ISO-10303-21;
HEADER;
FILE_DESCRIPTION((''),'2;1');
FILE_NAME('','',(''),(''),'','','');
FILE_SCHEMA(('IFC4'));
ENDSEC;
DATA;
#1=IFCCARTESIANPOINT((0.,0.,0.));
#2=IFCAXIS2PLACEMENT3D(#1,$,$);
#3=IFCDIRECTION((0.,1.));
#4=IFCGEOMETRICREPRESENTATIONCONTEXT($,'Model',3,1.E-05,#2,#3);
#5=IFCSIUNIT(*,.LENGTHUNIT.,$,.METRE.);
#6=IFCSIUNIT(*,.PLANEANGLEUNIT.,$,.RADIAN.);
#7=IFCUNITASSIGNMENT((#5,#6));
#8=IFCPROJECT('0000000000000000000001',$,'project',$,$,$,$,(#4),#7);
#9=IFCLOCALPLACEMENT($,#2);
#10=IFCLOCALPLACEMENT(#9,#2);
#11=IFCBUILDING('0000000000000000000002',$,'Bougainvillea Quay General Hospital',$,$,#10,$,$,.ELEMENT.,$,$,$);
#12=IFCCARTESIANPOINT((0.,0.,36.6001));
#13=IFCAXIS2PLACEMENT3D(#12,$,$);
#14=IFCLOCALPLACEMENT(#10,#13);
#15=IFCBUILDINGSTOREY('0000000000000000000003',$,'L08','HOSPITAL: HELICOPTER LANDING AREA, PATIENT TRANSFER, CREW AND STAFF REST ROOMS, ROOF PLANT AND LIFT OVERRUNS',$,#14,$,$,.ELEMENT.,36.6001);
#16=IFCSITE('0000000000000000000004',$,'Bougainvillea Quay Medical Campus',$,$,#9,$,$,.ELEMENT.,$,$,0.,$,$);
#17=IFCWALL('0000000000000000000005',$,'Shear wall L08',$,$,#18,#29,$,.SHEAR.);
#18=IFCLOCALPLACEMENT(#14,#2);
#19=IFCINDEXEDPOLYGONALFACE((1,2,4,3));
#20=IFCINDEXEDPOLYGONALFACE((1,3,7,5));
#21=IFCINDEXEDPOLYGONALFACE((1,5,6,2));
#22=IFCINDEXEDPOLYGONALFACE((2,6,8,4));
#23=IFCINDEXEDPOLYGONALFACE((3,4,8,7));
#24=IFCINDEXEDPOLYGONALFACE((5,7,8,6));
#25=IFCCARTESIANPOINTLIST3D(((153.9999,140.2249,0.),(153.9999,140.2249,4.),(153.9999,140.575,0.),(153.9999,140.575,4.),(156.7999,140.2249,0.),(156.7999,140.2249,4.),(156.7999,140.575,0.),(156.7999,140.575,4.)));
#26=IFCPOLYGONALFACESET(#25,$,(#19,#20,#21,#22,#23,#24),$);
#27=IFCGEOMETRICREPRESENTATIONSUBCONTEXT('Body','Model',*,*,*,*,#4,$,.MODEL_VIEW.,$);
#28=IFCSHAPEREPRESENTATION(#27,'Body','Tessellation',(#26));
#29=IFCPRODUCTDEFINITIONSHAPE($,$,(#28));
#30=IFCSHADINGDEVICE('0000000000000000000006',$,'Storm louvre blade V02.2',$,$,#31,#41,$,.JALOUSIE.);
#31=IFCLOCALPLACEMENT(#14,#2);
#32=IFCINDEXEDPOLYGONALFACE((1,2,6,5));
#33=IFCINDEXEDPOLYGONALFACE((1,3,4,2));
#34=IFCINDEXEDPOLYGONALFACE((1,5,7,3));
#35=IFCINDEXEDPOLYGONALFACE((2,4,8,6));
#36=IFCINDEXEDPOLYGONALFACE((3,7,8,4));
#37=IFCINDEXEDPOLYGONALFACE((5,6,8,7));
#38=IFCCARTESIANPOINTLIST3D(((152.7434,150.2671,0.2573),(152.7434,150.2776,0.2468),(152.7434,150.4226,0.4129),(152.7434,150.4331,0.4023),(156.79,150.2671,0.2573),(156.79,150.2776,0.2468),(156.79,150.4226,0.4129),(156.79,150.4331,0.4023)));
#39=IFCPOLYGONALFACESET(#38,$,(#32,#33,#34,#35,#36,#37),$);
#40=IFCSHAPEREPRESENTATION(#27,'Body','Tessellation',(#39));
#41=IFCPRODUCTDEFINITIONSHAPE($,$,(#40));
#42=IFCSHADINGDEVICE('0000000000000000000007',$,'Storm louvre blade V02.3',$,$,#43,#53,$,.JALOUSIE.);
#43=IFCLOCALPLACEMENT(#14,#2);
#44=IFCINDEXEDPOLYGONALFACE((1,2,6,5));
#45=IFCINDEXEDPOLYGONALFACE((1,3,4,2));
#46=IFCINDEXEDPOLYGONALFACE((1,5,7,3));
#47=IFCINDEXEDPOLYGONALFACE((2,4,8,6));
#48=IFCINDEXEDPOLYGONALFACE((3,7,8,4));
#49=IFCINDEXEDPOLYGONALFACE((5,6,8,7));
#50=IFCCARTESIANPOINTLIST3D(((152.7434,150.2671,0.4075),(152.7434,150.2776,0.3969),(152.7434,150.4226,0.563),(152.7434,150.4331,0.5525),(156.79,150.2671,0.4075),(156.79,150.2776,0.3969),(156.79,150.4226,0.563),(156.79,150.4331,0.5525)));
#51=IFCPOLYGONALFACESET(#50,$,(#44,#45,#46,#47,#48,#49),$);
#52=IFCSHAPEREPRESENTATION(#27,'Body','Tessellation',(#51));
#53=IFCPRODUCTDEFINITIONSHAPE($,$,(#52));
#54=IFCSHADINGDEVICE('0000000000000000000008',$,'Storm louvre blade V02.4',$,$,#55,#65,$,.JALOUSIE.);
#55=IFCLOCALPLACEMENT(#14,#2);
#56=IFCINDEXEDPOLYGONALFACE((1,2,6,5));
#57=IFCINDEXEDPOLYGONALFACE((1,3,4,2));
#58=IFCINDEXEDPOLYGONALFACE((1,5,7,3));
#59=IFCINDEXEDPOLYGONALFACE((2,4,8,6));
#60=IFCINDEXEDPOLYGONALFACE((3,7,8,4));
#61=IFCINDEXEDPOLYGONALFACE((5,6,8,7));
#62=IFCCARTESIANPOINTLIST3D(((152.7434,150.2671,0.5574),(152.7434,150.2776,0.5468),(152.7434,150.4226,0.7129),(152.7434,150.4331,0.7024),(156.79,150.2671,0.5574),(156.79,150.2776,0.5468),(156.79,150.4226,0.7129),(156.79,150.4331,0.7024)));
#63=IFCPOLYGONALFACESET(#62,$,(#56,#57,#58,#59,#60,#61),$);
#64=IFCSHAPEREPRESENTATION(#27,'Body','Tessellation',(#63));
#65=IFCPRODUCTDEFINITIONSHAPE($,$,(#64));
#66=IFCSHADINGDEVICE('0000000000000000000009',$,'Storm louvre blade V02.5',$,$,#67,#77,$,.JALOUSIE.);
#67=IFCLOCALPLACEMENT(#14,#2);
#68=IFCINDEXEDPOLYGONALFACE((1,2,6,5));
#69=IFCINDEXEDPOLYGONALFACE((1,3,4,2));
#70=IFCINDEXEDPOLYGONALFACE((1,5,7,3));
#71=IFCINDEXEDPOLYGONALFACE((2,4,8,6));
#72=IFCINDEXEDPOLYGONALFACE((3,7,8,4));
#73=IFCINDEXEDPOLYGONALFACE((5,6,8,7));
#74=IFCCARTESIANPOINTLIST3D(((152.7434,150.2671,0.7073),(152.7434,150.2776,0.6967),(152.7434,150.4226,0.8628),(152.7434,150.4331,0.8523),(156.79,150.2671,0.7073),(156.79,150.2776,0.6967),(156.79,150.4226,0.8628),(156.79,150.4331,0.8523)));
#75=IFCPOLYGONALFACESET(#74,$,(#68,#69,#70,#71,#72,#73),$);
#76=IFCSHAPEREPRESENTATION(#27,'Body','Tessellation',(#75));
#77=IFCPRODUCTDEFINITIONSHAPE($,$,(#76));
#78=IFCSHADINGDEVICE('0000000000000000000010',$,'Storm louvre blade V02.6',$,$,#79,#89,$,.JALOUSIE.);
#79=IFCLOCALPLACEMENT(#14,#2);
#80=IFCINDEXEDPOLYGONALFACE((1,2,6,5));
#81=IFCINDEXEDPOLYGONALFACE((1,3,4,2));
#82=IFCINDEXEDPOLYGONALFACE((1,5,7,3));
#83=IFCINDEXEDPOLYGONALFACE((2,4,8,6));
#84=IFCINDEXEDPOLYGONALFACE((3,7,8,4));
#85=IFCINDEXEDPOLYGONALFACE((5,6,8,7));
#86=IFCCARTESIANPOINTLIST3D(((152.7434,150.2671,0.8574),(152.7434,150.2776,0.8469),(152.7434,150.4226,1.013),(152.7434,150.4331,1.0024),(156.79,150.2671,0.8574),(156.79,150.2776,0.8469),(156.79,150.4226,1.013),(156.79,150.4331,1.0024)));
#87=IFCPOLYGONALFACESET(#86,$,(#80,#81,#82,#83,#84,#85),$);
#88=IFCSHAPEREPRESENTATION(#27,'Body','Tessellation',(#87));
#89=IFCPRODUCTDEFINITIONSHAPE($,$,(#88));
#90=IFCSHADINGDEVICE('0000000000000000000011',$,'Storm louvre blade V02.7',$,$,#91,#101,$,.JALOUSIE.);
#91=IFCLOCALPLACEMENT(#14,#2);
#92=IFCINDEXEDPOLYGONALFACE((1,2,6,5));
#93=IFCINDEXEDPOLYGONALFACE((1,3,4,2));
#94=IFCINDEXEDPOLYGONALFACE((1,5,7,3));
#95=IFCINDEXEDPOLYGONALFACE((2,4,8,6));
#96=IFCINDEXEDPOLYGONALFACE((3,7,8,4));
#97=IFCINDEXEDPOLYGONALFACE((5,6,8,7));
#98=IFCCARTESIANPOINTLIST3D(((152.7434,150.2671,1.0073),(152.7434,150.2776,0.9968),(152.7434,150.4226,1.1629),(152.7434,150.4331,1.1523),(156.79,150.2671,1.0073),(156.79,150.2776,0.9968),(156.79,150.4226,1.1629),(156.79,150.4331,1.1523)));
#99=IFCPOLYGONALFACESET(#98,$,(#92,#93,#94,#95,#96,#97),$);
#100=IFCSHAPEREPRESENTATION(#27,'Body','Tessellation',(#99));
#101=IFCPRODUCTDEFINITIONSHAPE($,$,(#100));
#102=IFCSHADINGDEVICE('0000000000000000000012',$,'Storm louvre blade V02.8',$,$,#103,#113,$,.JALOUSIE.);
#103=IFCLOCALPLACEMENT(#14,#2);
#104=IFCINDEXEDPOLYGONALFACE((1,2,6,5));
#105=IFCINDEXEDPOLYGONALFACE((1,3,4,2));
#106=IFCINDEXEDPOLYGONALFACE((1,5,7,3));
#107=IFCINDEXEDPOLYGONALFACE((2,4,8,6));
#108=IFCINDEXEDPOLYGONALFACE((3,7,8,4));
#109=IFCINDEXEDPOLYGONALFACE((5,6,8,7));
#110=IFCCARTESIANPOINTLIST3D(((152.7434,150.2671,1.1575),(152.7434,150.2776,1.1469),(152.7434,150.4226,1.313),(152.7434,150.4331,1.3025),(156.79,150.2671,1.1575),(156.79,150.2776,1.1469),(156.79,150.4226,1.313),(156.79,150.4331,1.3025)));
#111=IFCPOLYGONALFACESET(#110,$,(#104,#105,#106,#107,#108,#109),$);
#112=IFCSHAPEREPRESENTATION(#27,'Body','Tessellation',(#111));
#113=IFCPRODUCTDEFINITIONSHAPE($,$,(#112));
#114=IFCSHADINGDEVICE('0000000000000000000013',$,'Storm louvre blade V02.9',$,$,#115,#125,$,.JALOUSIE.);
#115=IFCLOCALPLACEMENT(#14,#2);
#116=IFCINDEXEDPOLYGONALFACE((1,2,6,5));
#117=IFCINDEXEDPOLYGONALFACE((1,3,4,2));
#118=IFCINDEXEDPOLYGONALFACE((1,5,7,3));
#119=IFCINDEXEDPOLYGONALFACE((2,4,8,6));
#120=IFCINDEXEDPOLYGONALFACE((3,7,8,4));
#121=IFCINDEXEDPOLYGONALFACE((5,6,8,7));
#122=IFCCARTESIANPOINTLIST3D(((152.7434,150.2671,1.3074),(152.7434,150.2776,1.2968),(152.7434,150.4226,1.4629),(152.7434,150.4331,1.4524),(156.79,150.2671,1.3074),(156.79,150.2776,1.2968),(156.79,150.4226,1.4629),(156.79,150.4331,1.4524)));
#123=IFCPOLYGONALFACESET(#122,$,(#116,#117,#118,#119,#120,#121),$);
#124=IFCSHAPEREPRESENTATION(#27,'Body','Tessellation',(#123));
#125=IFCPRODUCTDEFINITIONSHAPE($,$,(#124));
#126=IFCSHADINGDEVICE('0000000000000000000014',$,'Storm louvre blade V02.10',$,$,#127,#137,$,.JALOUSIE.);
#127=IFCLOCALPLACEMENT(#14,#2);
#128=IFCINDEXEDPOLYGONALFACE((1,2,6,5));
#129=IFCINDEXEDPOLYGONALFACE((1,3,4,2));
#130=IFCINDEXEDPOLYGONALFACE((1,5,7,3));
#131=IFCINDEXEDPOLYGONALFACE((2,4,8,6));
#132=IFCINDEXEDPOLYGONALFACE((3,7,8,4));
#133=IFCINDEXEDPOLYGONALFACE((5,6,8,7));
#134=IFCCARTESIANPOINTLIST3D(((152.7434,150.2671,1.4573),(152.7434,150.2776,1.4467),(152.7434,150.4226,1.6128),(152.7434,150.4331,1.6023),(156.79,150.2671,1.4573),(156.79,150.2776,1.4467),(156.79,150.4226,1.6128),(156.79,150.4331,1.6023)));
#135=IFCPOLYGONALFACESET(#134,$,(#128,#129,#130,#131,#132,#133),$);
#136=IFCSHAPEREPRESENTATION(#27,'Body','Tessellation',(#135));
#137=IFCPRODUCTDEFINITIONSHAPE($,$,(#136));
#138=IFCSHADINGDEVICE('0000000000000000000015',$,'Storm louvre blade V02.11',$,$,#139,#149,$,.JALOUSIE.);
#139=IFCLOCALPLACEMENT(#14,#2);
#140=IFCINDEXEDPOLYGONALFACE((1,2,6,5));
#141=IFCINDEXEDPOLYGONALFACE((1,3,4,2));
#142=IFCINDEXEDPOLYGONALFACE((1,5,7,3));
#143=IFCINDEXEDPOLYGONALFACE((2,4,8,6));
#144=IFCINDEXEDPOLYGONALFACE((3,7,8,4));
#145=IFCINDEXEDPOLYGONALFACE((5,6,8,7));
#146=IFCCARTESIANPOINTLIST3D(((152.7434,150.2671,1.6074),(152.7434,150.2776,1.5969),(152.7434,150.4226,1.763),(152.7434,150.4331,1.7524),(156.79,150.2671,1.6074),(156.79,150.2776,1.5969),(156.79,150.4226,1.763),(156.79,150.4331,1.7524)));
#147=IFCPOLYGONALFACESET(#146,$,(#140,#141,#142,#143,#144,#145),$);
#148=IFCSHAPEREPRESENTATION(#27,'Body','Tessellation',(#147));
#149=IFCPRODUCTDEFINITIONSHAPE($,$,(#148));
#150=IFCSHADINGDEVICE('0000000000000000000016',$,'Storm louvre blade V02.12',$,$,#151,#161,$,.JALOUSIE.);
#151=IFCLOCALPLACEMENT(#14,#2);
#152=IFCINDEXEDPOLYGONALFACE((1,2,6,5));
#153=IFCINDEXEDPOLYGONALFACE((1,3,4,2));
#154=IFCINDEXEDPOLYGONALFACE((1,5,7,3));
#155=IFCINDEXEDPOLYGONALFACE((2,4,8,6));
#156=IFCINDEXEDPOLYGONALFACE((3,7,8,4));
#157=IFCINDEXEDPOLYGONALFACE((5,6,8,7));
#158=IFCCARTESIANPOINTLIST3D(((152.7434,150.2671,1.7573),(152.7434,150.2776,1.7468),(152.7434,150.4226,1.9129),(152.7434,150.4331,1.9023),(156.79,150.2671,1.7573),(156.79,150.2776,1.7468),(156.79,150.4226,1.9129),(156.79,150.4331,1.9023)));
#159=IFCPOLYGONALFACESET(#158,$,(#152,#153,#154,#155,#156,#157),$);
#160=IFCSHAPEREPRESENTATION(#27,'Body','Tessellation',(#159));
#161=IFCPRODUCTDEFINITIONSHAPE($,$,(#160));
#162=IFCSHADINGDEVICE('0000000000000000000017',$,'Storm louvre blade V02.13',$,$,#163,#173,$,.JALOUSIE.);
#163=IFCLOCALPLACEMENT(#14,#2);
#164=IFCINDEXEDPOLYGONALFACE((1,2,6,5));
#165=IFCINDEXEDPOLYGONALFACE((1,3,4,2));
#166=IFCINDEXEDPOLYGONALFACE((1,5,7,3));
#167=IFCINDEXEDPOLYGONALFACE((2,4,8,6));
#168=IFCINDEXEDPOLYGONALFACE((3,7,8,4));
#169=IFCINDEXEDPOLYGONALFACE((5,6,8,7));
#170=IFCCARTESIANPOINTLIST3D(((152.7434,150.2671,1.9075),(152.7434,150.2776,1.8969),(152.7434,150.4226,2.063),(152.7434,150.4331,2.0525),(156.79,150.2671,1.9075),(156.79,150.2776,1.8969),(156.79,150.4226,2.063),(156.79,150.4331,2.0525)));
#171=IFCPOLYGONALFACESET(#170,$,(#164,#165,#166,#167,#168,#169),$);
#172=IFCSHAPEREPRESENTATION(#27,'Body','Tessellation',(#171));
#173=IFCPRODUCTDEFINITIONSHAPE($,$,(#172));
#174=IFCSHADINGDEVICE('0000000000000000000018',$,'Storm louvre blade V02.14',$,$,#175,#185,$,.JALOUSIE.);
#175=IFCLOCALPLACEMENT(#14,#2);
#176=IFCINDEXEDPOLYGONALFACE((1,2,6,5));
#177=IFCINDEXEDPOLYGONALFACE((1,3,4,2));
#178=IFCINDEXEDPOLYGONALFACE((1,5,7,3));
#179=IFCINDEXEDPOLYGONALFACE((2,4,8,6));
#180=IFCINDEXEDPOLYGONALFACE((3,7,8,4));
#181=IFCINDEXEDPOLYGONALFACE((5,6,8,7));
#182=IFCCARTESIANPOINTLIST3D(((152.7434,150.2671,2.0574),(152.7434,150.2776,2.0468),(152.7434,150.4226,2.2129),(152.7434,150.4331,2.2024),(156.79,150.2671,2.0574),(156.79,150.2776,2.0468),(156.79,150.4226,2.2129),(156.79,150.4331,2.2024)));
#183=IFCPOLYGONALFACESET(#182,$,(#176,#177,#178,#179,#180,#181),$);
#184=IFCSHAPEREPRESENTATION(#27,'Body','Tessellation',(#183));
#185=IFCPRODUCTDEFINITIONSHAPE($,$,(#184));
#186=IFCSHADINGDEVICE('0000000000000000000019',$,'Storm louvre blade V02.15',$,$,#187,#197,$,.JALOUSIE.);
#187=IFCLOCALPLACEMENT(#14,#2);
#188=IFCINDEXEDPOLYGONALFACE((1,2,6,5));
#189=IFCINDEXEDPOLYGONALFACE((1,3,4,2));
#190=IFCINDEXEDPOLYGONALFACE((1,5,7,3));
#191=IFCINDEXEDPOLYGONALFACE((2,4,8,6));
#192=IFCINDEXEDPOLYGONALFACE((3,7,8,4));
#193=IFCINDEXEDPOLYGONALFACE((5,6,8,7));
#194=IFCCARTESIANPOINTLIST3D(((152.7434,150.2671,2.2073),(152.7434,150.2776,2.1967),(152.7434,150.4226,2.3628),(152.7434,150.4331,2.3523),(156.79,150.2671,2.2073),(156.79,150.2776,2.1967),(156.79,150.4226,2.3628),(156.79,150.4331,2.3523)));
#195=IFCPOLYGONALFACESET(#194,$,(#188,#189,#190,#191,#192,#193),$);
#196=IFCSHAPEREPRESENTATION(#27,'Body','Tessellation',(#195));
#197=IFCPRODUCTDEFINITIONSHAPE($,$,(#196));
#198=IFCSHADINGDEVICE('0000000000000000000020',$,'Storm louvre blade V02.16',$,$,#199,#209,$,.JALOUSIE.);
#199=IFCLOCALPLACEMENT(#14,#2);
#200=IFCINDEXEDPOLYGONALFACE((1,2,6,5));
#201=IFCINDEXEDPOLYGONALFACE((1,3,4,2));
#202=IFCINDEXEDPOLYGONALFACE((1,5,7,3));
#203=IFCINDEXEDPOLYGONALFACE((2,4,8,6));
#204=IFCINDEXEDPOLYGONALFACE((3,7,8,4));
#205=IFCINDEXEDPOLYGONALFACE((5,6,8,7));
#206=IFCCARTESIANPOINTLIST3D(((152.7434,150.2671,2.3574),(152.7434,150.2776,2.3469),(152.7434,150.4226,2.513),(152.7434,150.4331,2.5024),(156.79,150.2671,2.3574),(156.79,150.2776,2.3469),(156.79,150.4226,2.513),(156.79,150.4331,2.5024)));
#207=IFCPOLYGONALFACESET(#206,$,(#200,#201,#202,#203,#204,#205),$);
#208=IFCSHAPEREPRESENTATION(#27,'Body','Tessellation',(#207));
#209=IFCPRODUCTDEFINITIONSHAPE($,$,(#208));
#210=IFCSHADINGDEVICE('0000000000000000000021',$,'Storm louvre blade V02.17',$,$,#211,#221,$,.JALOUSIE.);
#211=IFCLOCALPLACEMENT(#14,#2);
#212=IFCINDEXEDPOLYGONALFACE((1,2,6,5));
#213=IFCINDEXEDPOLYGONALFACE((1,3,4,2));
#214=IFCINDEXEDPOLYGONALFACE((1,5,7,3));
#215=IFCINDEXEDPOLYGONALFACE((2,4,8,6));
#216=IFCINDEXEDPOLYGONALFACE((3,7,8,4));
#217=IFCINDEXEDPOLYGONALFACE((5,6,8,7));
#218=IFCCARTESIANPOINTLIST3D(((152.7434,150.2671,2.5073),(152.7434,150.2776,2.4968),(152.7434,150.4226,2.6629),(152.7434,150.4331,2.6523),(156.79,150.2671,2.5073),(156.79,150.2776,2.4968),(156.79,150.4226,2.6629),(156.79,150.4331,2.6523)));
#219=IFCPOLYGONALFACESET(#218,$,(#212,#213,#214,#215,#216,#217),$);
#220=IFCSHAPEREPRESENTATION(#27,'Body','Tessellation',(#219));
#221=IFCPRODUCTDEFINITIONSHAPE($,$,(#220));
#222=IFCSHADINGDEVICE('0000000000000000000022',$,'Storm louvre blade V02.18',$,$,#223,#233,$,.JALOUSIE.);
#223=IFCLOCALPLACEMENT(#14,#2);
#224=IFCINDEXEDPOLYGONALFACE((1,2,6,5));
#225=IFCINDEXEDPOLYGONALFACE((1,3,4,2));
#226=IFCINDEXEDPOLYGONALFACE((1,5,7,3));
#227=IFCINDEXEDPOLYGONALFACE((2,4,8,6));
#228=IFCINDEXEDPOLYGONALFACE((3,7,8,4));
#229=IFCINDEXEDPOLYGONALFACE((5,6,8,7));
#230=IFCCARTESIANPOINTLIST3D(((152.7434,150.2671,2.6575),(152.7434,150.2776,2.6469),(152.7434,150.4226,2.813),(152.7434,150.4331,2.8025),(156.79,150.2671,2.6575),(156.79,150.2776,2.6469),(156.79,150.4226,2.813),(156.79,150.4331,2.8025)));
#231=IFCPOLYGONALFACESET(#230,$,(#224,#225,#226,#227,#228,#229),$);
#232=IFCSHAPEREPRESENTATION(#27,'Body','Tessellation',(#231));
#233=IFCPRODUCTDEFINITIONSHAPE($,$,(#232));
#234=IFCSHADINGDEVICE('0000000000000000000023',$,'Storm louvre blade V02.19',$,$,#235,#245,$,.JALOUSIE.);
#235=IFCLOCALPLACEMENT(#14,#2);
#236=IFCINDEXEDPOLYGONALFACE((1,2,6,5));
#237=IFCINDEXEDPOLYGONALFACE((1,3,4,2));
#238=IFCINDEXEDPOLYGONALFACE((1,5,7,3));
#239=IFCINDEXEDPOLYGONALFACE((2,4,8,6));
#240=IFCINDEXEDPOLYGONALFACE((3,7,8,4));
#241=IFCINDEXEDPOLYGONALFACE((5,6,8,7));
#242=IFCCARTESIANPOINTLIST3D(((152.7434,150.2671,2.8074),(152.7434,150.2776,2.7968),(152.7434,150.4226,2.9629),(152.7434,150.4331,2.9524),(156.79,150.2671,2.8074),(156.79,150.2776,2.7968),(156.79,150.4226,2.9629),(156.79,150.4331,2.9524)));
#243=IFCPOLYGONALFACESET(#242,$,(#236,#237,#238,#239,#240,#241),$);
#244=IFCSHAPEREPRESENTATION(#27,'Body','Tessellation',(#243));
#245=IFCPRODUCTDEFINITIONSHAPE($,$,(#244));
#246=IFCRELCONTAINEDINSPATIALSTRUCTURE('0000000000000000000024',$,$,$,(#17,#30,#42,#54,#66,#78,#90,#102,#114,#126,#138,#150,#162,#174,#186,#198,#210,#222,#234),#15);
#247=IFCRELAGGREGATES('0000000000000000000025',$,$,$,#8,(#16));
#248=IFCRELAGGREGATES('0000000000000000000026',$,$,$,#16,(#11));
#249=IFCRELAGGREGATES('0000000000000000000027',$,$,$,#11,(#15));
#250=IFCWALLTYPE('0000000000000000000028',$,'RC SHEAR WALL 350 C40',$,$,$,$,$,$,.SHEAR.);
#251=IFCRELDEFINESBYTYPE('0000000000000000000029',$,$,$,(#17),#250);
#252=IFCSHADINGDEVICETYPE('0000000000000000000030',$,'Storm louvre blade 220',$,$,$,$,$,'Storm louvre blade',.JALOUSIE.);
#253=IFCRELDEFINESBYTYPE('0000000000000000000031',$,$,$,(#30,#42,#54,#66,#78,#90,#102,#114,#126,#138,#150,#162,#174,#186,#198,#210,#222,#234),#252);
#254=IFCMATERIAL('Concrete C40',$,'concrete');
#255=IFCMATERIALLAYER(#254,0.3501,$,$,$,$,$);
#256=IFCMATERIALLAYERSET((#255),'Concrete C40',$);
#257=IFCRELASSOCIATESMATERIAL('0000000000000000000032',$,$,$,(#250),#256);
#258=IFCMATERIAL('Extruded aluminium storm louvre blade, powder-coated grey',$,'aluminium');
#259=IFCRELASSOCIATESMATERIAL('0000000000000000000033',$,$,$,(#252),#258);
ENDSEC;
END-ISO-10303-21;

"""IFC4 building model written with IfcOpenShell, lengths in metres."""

from ifc_helpers import new_model, si_unit, direction, frame, frame_2d, origin, origin_2d, place, context, subcontext, project, spatial, rectangle, extrude, material, layer, layer_set, material_profile, profile_set, type_object, element, save


model = new_model("IFC4")

# Units and contexts
model_context = context("Model", 3, precision=1e-05, world=origin(), true_north=direction((0.0, 1.0)))
body_context = subcontext(model_context, "Body", "Model", "MODEL_VIEW")
ifc_project = project(units=[si_unit("LENGTHUNIT", "METRE"), si_unit("PLANEANGLEUNIT", "RADIAN")], contexts=[model_context])

# Site, building, storey
site_placement = place(None, origin())
site = spatial("IfcSite", under=ifc_project, at=site_placement, Name="Bougainvillea Quay Medical Campus", CompositionType="ELEMENT", RefElevation=0.0)
building_placement = place(site_placement, origin())
building = spatial("IfcBuilding", under=site, at=building_placement, Name="Bougainvillea Quay General Hospital", CompositionType="ELEMENT")
storey_placement = place(building_placement, frame((0.0, 0.0, 36.6001)))
storey = spatial("IfcBuildingStorey", under=building, at=storey_placement, Name="L08", Description="HOSPITAL: HELICOPTER LANDING AREA, PATIENT TRANSFER, CREW AND STAFF REST ROOMS, ROOF PLANT AND LIFT OVERRUNS", CompositionType="ELEMENT", Elevation=36.6001)

# Wall
ifc_material_1 = material(Name="Concrete C40", Category="concrete")
ifc_layer = layer(ifc_material_1, 0.3501)
ifc_layer_set = layer_set([ifc_layer], Name="Concrete C40")
wall_type = type_object("IfcWallType", Name="RC SHEAR WALL 350 C40", PredefinedType="SHEAR", material=ifc_layer_set)
wall_placement = place(storey_placement, frame((154.0, 140.3999, 0.0), z_axis=(0.0, 0.0, 1.0), x_axis=(1.0, 0.0, 0.0)))
element("IfcWall", 1, at=wall_placement, inside=storey, type_object=wall_type, Name="Shear wall L08", PredefinedType="SHEAR", context=body_context, shape_type="SweptSolid", body=[
    extrude(rectangle(XDim=2.8, YDim=0.3501, at=frame_2d((1.3999, 0.0))), origin(), (0.0, 0.0, 1.0), 4.0),
])

# Shading devices
ifc_material_2 = material(Name="Extruded aluminium storm louvre blade, powder-coated grey", Category="aluminium")
ifc_material_profile = material_profile(ifc_material_2, rectangle(XDim=0.22, YDim=0.0149, at=origin_2d()))
ifc_profile_set = profile_set([ifc_material_profile], Name="Extruded aluminium storm louvre blade, powder-coated grey")
shading_device_type = type_object("IfcShadingDeviceType", Name="Storm louvre blade 220", ElementType="Storm louvre blade", PredefinedType="JALOUSIE", material=ifc_profile_set)
for number, where, z_axis, x_axis, name in (
    (2, (152.7434, 150.3501, 0.3298), (1.0, 0.0, 0.0), (0.0, 0.707107, 0.707107), "Storm louvre blade V02.2"),
    (3, (152.7434, 150.3501, 0.48), (1.0, 0.0, 0.0), (0.0, 0.707107, 0.707107), "Storm louvre blade V02.3"),
    (4, (152.7434, 150.3501, 0.6299), (1.0, 0.0, 0.0), (0.0, 0.707107, 0.707107), "Storm louvre blade V02.4"),
    (5, (152.7434, 150.3501, 0.7798), (1.0, 0.0, 0.0), (0.0, 0.707107, 0.707107), "Storm louvre blade V02.5"),
    (6, (152.7434, 150.3501, 0.9299), (1.0, 0.0, 0.0), (0.0, 0.707107, 0.707107), "Storm louvre blade V02.6"),
    (7, (152.7434, 150.3501, 1.0798), (1.0, 0.0, 0.0), (0.0, 0.707107, 0.707107), "Storm louvre blade V02.7"),
    (8, (152.7434, 150.3501, 1.23), (1.0, 0.0, 0.0), (0.0, 0.707107, 0.707107), "Storm louvre blade V02.8"),
    (9, (152.7434, 150.3501, 1.3799), (1.0, 0.0, 0.0), (0.0, 0.707107, 0.707107), "Storm louvre blade V02.9"),
    (10, (152.7434, 150.3501, 1.5298), (1.0, 0.0, 0.0), (0.0, 0.707107, 0.707107), "Storm louvre blade V02.10"),
    (11, (152.7434, 150.3501, 1.6799), (1.0, 0.0, 0.0), (0.0, 0.707107, 0.707107), "Storm louvre blade V02.11"),
    (12, (152.7434, 150.3501, 1.8298), (1.0, 0.0, 0.0), (0.0, 0.707107, 0.707107), "Storm louvre blade V02.12"),
    (13, (152.7434, 150.3501, 1.98), (1.0, 0.0, 0.0), (0.0, 0.707107, 0.707107), "Storm louvre blade V02.13"),
    (14, (152.7434, 150.3501, 2.1299), (1.0, 0.0, 0.0), (0.0, 0.707107, 0.707107), "Storm louvre blade V02.14"),
    (15, (152.7434, 150.3501, 2.2798), (1.0, 0.0, 0.0), (0.0, 0.707107, 0.707107), "Storm louvre blade V02.15"),
    (16, (152.7434, 150.3501, 2.4299), (1.0, 0.0, 0.0), (0.0, 0.707107, 0.707107), "Storm louvre blade V02.16"),
    (17, (152.7434, 150.3501, 2.5798), (1.0, 0.0, 0.0), (0.0, 0.707107, 0.707107), "Storm louvre blade V02.17"),
    (18, (152.7434, 150.3501, 2.73), (1.0, 0.0, 0.0), (0.0, 0.707107, 0.707107), "Storm louvre blade V02.18"),
    (19, (152.7434, 150.3501, 2.8799), (1.0, 0.0, 0.0), (0.0, 0.707107, 0.707107), "Storm louvre blade V02.19"),
):
    element("IfcShadingDevice", number, at=place(storey_placement, frame(where, z_axis=z_axis, x_axis=x_axis)), inside=storey, type_object=shading_device_type, Name=name, PredefinedType="JALOUSIE", context=body_context, shape_type="SweptSolid", body=[
        extrude(rectangle(XDim=0.22, YDim=0.0149, at=origin_2d()), origin(), (0.0, 0.0, 1.0), 4.0466),
    ])

save(model, "model.ifc")
